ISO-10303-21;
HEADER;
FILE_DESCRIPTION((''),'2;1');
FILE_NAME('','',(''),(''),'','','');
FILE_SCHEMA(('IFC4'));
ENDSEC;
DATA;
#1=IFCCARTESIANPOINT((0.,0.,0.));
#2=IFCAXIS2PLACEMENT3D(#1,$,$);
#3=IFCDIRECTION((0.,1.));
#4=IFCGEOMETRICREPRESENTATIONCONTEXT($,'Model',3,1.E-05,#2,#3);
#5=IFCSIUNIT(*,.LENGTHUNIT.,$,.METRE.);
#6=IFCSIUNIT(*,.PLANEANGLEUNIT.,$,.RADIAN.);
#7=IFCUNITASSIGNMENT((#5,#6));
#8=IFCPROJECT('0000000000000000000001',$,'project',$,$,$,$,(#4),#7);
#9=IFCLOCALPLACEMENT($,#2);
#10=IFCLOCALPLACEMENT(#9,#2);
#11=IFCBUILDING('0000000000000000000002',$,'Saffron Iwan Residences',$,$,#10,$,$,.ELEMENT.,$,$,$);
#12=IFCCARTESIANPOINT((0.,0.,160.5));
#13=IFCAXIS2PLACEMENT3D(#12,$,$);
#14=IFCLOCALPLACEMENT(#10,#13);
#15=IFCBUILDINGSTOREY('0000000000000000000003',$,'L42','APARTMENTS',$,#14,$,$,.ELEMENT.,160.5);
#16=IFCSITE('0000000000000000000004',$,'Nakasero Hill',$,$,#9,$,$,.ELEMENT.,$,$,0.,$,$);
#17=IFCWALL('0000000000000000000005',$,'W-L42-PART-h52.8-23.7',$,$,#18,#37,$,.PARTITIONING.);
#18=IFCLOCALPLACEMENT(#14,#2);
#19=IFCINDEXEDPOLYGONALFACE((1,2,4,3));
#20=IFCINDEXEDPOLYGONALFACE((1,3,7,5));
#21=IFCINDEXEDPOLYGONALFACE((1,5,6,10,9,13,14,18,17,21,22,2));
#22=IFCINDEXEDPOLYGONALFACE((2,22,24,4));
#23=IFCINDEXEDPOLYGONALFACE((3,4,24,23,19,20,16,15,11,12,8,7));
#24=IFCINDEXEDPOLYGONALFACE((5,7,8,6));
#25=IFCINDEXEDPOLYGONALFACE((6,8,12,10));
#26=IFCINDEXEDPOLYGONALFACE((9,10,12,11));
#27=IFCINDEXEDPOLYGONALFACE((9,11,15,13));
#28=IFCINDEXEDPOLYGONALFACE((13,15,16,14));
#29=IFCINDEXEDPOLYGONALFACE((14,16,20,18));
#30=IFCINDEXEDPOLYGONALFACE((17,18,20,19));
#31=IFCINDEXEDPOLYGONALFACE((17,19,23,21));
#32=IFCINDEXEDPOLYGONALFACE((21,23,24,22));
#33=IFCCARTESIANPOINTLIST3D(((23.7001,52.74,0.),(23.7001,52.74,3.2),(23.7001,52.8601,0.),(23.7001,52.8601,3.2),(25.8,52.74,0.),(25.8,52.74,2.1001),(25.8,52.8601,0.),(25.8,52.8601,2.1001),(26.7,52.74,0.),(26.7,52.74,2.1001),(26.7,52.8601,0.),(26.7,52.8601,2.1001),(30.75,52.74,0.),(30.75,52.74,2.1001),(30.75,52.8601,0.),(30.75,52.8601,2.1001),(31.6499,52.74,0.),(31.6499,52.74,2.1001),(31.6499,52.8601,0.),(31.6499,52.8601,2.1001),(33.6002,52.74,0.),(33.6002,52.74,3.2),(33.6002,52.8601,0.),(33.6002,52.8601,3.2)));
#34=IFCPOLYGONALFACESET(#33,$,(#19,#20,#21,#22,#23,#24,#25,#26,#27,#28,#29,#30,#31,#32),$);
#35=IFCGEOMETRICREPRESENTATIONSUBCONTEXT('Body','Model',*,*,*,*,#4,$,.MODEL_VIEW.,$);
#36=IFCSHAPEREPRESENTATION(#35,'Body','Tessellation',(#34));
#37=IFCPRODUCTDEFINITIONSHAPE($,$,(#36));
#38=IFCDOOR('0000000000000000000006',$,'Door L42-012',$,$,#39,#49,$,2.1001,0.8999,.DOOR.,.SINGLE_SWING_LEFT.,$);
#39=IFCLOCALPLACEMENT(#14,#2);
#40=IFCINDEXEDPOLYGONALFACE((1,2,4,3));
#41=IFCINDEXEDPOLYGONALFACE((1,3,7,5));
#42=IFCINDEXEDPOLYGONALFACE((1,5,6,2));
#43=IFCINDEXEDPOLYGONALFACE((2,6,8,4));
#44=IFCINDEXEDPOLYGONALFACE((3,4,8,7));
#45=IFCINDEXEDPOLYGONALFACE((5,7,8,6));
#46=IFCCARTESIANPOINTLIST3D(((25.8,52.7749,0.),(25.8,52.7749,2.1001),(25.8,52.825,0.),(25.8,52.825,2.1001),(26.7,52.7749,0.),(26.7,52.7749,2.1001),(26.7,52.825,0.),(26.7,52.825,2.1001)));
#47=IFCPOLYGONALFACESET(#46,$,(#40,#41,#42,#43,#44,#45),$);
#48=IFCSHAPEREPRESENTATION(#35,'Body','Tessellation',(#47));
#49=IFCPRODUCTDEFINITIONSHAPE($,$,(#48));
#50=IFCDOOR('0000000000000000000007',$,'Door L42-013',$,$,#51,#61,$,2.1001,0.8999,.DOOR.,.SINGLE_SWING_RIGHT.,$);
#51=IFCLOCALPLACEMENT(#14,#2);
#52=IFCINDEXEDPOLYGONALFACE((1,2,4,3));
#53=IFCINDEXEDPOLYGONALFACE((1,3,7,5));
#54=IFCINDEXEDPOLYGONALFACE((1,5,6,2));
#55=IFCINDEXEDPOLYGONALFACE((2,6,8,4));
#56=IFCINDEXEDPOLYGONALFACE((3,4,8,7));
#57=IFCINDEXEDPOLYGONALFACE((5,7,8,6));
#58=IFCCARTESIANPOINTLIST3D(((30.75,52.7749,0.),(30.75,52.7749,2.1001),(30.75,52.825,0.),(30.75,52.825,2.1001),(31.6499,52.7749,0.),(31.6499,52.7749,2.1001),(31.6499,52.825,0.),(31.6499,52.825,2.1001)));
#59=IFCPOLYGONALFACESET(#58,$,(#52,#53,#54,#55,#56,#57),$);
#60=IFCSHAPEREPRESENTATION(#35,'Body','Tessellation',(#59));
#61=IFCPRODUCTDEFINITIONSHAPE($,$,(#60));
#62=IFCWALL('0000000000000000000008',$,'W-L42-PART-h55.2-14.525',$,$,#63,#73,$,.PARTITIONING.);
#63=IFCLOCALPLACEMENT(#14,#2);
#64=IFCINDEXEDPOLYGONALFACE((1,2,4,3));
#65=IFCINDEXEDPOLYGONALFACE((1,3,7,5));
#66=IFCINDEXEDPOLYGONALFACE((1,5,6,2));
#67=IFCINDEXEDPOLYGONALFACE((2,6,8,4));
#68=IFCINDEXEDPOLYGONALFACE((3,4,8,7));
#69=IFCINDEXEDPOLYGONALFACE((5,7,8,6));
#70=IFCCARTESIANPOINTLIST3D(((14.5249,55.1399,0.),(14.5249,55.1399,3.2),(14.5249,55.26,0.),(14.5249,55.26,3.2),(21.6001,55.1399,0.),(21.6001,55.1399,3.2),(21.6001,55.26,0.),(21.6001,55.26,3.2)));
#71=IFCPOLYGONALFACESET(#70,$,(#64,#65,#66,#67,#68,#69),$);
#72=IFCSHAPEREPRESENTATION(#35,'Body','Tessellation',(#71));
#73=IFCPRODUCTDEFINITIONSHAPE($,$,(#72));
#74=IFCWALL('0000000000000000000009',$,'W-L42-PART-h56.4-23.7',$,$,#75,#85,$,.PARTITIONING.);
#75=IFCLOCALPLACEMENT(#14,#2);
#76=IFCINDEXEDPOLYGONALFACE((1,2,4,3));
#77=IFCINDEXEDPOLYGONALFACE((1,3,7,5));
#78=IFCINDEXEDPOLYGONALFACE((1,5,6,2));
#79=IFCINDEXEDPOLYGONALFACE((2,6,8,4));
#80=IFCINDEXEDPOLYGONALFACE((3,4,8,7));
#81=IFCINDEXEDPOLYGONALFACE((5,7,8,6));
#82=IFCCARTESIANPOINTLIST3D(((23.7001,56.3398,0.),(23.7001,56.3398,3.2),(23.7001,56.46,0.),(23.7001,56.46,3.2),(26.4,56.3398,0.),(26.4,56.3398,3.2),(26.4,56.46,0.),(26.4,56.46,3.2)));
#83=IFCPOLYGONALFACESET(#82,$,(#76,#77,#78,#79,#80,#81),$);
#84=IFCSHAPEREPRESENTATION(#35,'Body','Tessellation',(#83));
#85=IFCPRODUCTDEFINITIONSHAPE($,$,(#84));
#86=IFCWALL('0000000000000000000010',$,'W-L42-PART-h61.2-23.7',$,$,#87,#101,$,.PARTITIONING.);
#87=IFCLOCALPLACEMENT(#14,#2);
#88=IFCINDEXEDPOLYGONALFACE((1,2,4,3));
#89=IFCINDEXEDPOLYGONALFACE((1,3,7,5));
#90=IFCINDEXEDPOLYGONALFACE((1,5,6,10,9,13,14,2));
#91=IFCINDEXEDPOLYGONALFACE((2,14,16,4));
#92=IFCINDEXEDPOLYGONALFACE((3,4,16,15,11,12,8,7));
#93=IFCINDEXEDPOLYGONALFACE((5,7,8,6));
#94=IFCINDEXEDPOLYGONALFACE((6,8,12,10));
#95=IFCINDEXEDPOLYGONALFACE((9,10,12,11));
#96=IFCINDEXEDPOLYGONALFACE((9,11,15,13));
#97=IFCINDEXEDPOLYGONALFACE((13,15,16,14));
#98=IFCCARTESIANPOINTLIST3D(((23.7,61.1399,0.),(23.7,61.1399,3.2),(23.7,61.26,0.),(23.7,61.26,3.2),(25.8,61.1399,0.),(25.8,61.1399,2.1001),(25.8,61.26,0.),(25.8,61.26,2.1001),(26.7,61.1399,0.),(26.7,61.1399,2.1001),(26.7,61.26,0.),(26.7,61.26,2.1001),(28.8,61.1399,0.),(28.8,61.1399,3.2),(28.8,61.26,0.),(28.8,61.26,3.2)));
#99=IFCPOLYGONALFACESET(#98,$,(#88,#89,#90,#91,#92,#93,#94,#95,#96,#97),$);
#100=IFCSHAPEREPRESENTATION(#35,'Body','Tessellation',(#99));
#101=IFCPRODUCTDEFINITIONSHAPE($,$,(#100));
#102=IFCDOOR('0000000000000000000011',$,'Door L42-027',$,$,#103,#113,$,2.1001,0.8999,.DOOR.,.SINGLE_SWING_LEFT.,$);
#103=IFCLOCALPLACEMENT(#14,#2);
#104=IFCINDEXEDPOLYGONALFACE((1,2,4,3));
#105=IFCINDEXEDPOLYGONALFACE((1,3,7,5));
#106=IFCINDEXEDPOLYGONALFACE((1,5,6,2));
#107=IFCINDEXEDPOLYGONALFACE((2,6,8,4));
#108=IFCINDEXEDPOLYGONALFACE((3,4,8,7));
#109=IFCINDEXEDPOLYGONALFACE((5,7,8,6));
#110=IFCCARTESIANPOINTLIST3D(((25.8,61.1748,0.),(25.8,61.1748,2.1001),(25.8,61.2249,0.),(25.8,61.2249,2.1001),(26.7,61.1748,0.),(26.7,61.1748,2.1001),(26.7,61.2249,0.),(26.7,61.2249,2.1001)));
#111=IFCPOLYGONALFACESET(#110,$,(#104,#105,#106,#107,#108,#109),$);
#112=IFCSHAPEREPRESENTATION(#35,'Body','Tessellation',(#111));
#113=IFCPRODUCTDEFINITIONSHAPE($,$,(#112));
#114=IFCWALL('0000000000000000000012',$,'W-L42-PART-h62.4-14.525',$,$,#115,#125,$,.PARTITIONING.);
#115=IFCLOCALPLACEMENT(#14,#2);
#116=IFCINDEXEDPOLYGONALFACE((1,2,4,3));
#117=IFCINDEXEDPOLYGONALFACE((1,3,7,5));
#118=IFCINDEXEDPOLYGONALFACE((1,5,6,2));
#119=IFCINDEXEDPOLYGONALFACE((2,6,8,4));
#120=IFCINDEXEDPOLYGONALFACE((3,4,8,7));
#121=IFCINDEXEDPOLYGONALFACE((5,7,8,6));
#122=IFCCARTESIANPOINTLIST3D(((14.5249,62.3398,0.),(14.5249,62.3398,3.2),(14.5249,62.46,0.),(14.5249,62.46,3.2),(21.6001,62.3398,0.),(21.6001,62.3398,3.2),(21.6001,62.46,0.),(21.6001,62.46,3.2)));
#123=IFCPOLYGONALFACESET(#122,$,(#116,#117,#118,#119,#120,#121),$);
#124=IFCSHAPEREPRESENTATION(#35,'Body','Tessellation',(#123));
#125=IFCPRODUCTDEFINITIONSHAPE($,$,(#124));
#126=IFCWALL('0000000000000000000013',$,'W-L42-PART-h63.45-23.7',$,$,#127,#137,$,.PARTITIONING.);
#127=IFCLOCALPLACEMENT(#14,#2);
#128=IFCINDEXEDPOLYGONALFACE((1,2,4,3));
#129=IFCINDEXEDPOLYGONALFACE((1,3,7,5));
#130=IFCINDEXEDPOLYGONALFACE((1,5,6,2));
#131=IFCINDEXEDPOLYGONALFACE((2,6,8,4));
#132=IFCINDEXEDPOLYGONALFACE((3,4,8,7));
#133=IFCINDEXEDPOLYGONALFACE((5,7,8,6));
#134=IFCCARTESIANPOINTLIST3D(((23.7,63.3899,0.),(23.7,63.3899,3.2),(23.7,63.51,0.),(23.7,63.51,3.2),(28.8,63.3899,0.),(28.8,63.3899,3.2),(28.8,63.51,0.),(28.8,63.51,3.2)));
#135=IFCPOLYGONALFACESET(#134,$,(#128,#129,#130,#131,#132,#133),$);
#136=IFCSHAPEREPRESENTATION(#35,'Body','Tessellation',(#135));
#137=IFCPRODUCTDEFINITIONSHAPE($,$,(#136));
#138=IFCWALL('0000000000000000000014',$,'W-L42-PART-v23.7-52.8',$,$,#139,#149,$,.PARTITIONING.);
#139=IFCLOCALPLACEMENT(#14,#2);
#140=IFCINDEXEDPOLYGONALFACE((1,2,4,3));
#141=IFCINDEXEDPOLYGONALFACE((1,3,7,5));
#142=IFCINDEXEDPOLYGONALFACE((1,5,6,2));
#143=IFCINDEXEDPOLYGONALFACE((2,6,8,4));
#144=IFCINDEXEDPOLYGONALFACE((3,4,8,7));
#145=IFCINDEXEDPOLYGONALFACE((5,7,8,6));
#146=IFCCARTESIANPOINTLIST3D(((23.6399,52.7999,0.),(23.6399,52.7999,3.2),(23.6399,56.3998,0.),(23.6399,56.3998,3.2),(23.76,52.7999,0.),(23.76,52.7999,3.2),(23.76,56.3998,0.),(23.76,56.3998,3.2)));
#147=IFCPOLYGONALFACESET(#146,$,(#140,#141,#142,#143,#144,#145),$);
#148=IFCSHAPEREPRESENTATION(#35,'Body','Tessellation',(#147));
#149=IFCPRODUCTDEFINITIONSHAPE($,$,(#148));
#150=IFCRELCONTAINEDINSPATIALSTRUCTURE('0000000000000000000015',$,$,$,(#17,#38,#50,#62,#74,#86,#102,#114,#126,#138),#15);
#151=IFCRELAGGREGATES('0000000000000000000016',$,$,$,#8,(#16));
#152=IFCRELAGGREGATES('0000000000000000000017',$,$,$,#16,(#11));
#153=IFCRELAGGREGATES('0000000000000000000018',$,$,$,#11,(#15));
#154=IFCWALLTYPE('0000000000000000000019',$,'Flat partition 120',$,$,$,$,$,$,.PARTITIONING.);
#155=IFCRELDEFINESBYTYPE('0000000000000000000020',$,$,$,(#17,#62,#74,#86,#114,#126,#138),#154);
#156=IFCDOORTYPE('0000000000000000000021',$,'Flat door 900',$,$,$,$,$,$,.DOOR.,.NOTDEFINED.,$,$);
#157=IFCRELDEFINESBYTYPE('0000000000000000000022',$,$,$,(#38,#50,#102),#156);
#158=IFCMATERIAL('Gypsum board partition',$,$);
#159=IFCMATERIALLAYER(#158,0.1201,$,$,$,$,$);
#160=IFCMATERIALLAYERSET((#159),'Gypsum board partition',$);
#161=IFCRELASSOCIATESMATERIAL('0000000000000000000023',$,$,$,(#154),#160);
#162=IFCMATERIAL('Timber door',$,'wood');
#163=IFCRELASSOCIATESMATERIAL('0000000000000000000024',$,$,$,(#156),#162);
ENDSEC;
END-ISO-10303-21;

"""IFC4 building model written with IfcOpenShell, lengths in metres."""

from ifc_helpers import new_model, si_unit, direction, frame, frame_2d, origin, place, context, subcontext, project, spatial, rectangle, extrude, material, layer, layer_set, type_object, element, fill, save


model = new_model("IFC4")

# Units and contexts
model_context = context("Model", 3, precision=1e-05, world=origin(), true_north=direction((0.0, 1.0)))
body_context = subcontext(model_context, "Body", "Model", "MODEL_VIEW")
ifc_project = project(units=[si_unit("LENGTHUNIT", "METRE"), si_unit("PLANEANGLEUNIT", "RADIAN")], contexts=[model_context])

# Site, building, storey
site_placement = place(None, origin())
site = spatial("IfcSite", under=ifc_project, at=site_placement, Name="Nakasero Hill", CompositionType="ELEMENT", RefElevation=0.0)
building_placement = place(site_placement, origin())
building = spatial("IfcBuilding", under=site, at=building_placement, Name="Saffron Iwan Residences", CompositionType="ELEMENT")
storey_placement = place(building_placement, frame((0.0, 0.0, 160.5)))
storey = spatial("IfcBuildingStorey", under=building, at=storey_placement, Name="L42", Description="APARTMENTS", CompositionType="ELEMENT", Elevation=160.5)

# Shared definitions
ifc_material_1 = material(Name="Gypsum board partition")
ifc_layer_1 = layer(ifc_material_1, 0.1201)
ifc_layer_set_1 = layer_set([ifc_layer_1], Name="Gypsum board partition")
wall_type_1 = type_object("IfcWallType", Name="Flat partition 120", PredefinedType="PARTITIONING", material=ifc_layer_set_1)
ifc_material_2 = material(Name="Timber door", Category="wood")

# Wall, openings, doors
wall_1_placement = place(storey_placement, frame((23.7, 52.8, 0.0), z_axis=(0.0, 0.0, 1.0), x_axis=(1.0, 0.0, 0.0)))
wall_1 = element("IfcWall", 1, at=wall_1_placement, inside=storey, type_object=wall_type_1, Name="W-L42-PART-h52.8-23.7", PredefinedType="PARTITIONING", context=body_context, shape_type="SweptSolid", body=[
    extrude(rectangle(XDim=9.9001, YDim=0.1201, at=frame_2d((4.9502, 0.0))), origin(), (0.0, 0.0, 1.0), 3.2),
])
opening_1_placement = place(wall_1_placement, frame((2.1001, 0.0, 0.0)))
opening_1 = element("IfcOpeningElement", 2, at=opening_1_placement, cuts=wall_1, PredefinedType="OPENING", context=body_context, shape_type="SweptSolid", body=[
    extrude(rectangle(XDim=0.8999, YDim=2.1001, at=frame_2d((0.45, 1.05))), frame((0.0, 0.0701, 0.0), z_axis=(0.0, -1.0, 0.0), x_axis=(1.0, 0.0, 0.0)), (0.0, 0.0, 1.0), 0.1401),
])
opening_2_placement = place(wall_1_placement, frame((7.05, 0.0, 0.0)))
opening_2 = element("IfcOpeningElement", 3, at=opening_2_placement, cuts=wall_1, PredefinedType="OPENING", context=body_context, shape_type="SweptSolid", body=[
    extrude(rectangle(XDim=0.8999, YDim=2.1001, at=frame_2d((0.45, 1.05))), frame((0.0, 0.0701, 0.0), z_axis=(0.0, -1.0, 0.0), x_axis=(1.0, 0.0, 0.0)), (0.0, 0.0, 1.0), 0.1401),
])
door_type_1 = type_object("IfcDoorType", Name="Flat door 900", OperationType="NOTDEFINED", PredefinedType="DOOR", material=ifc_material_2)
door_1_placement = place(opening_1_placement, origin())
door_1 = element("IfcDoor", 4, at=door_1_placement, inside=storey, type_object=door_type_1, Name="Door L42-012", OperationType="SINGLE_SWING_LEFT", OverallHeight=2.1001, OverallWidth=0.8999, PredefinedType="DOOR", context=body_context, shape_type="SweptSolid", body=[
    extrude(rectangle(XDim=0.8999, YDim=2.1001, at=frame_2d((0.45, 1.05))), frame((0.0, 0.0249, 0.0), z_axis=(0.0, -1.0, 0.0), x_axis=(1.0, 0.0, 0.0)), (0.0, 0.0, 1.0), 0.05),
])
fill(opening_1, door_1)
door_2_placement = place(opening_2_placement, origin())
door_2 = element("IfcDoor", 5, at=door_2_placement, inside=storey, type_object=door_type_1, Name="Door L42-013", OperationType="SINGLE_SWING_RIGHT", OverallHeight=2.1001, OverallWidth=0.8999, PredefinedType="DOOR", context=body_context, shape_type="SweptSolid", body=[
    extrude(rectangle(XDim=0.8999, YDim=2.1001, at=frame_2d((0.45, 1.05))), frame((0.0, 0.0249, 0.0), z_axis=(0.0, -1.0, 0.0), x_axis=(1.0, 0.0, 0.0)), (0.0, 0.0, 1.0), 0.05),
])
fill(opening_2, door_2)

# Walls
wall_2_placement = place(storey_placement, frame((14.5249, 55.2, 0.0), z_axis=(0.0, 0.0, 1.0), x_axis=(1.0, 0.0, 0.0)))
element("IfcWall", 6, at=wall_2_placement, inside=storey, type_object=wall_type_1, Name="W-L42-PART-h55.2-14.525", PredefinedType="PARTITIONING", context=body_context, shape_type="SweptSolid", body=[
    extrude(rectangle(XDim=7.0752, YDim=0.1201, at=frame_2d((3.5376, 0.0))), origin(), (0.0, 0.0, 1.0), 3.2),
])
wall_3_placement = place(storey_placement, frame((23.7, 56.3999, 0.0), z_axis=(0.0, 0.0, 1.0), x_axis=(1.0, 0.0, 0.0)))
element("IfcWall", 7, at=wall_3_placement, inside=storey, type_object=wall_type_1, Name="W-L42-PART-h56.4-23.7", PredefinedType="PARTITIONING", context=body_context, shape_type="SweptSolid", body=[
    extrude(rectangle(XDim=2.7, YDim=0.1201, at=frame_2d((1.3501, 0.0))), origin(), (0.0, 0.0, 1.0), 3.2),
])

# Wall, opening, door
wall_4_placement = place(storey_placement, frame((23.7, 61.2, 0.0), z_axis=(0.0, 0.0, 1.0), x_axis=(1.0, 0.0, 0.0)))
wall_4 = element("IfcWall", 8, at=wall_4_placement, inside=storey, type_object=wall_type_1, Name="W-L42-PART-h61.2-23.7", PredefinedType="PARTITIONING", context=body_context, shape_type="SweptSolid", body=[
    extrude(rectangle(XDim=5.1001, YDim=0.1201, at=frame_2d((2.55, 0.0))), origin(), (0.0, 0.0, 1.0), 3.2),
])
opening_3_placement = place(wall_4_placement, frame((2.1001, 0.0, 0.0)))
opening_3 = element("IfcOpeningElement", 9, at=opening_3_placement, cuts=wall_4, PredefinedType="OPENING", context=body_context, shape_type="SweptSolid", body=[
    extrude(rectangle(XDim=0.8999, YDim=2.1001, at=frame_2d((0.45, 1.05))), frame((0.0, 0.0701, 0.0), z_axis=(0.0, -1.0, 0.0), x_axis=(1.0, 0.0, 0.0)), (0.0, 0.0, 1.0), 0.1401),
])
door_3_placement = place(opening_3_placement, origin())
door_3 = element("IfcDoor", 10, at=door_3_placement, inside=storey, type_object=door_type_1, Name="Door L42-027", OperationType="SINGLE_SWING_LEFT", OverallHeight=2.1001, OverallWidth=0.8999, PredefinedType="DOOR", context=body_context, shape_type="SweptSolid", body=[
    extrude(rectangle(XDim=0.8999, YDim=2.1001, at=frame_2d((0.45, 1.05))), frame((0.0, 0.0249, 0.0), z_axis=(0.0, -1.0, 0.0), x_axis=(1.0, 0.0, 0.0)), (0.0, 0.0, 1.0), 0.05),
])
fill(opening_3, door_3)

# Walls
wall_5_placement = place(storey_placement, frame((14.5249, 62.3999, 0.0), z_axis=(0.0, 0.0, 1.0), x_axis=(1.0, 0.0, 0.0)))
element("IfcWall", 11, at=wall_5_placement, inside=storey, type_object=wall_type_1, Name="W-L42-PART-h62.4-14.525", PredefinedType="PARTITIONING", context=body_context, shape_type="SweptSolid", body=[
    extrude(rectangle(XDim=7.0752, YDim=0.1201, at=frame_2d((3.5376, 0.0))), origin(), (0.0, 0.0, 1.0), 3.2),
])
wall_6_placement = place(storey_placement, frame((23.7, 63.45, 0.0), z_axis=(0.0, 0.0, 1.0), x_axis=(1.0, 0.0, 0.0)))
element("IfcWall", 12, at=wall_6_placement, inside=storey, type_object=wall_type_1, Name="W-L42-PART-h63.45-23.7", PredefinedType="PARTITIONING", context=body_context, shape_type="SweptSolid", body=[
    extrude(rectangle(XDim=5.1001, YDim=0.1201, at=frame_2d((2.55, 0.0))), origin(), (0.0, 0.0, 1.0), 3.2),
])
wall_7_placement = place(storey_placement, frame((23.7, 52.8, 0.0), z_axis=(0.0, 0.0, 1.0), x_axis=(0.0, 1.0, 0.0)))
element("IfcWall", 13, at=wall_7_placement, inside=storey, type_object=wall_type_1, Name="W-L42-PART-v23.7-52.8", PredefinedType="PARTITIONING", context=body_context, shape_type="SweptSolid", body=[
    extrude(rectangle(XDim=3.5999, YDim=0.1201, at=frame_2d((1.7998, 0.0))), origin(), (0.0, 0.0, 1.0), 3.2),
])

save(model, "model.ifc")
